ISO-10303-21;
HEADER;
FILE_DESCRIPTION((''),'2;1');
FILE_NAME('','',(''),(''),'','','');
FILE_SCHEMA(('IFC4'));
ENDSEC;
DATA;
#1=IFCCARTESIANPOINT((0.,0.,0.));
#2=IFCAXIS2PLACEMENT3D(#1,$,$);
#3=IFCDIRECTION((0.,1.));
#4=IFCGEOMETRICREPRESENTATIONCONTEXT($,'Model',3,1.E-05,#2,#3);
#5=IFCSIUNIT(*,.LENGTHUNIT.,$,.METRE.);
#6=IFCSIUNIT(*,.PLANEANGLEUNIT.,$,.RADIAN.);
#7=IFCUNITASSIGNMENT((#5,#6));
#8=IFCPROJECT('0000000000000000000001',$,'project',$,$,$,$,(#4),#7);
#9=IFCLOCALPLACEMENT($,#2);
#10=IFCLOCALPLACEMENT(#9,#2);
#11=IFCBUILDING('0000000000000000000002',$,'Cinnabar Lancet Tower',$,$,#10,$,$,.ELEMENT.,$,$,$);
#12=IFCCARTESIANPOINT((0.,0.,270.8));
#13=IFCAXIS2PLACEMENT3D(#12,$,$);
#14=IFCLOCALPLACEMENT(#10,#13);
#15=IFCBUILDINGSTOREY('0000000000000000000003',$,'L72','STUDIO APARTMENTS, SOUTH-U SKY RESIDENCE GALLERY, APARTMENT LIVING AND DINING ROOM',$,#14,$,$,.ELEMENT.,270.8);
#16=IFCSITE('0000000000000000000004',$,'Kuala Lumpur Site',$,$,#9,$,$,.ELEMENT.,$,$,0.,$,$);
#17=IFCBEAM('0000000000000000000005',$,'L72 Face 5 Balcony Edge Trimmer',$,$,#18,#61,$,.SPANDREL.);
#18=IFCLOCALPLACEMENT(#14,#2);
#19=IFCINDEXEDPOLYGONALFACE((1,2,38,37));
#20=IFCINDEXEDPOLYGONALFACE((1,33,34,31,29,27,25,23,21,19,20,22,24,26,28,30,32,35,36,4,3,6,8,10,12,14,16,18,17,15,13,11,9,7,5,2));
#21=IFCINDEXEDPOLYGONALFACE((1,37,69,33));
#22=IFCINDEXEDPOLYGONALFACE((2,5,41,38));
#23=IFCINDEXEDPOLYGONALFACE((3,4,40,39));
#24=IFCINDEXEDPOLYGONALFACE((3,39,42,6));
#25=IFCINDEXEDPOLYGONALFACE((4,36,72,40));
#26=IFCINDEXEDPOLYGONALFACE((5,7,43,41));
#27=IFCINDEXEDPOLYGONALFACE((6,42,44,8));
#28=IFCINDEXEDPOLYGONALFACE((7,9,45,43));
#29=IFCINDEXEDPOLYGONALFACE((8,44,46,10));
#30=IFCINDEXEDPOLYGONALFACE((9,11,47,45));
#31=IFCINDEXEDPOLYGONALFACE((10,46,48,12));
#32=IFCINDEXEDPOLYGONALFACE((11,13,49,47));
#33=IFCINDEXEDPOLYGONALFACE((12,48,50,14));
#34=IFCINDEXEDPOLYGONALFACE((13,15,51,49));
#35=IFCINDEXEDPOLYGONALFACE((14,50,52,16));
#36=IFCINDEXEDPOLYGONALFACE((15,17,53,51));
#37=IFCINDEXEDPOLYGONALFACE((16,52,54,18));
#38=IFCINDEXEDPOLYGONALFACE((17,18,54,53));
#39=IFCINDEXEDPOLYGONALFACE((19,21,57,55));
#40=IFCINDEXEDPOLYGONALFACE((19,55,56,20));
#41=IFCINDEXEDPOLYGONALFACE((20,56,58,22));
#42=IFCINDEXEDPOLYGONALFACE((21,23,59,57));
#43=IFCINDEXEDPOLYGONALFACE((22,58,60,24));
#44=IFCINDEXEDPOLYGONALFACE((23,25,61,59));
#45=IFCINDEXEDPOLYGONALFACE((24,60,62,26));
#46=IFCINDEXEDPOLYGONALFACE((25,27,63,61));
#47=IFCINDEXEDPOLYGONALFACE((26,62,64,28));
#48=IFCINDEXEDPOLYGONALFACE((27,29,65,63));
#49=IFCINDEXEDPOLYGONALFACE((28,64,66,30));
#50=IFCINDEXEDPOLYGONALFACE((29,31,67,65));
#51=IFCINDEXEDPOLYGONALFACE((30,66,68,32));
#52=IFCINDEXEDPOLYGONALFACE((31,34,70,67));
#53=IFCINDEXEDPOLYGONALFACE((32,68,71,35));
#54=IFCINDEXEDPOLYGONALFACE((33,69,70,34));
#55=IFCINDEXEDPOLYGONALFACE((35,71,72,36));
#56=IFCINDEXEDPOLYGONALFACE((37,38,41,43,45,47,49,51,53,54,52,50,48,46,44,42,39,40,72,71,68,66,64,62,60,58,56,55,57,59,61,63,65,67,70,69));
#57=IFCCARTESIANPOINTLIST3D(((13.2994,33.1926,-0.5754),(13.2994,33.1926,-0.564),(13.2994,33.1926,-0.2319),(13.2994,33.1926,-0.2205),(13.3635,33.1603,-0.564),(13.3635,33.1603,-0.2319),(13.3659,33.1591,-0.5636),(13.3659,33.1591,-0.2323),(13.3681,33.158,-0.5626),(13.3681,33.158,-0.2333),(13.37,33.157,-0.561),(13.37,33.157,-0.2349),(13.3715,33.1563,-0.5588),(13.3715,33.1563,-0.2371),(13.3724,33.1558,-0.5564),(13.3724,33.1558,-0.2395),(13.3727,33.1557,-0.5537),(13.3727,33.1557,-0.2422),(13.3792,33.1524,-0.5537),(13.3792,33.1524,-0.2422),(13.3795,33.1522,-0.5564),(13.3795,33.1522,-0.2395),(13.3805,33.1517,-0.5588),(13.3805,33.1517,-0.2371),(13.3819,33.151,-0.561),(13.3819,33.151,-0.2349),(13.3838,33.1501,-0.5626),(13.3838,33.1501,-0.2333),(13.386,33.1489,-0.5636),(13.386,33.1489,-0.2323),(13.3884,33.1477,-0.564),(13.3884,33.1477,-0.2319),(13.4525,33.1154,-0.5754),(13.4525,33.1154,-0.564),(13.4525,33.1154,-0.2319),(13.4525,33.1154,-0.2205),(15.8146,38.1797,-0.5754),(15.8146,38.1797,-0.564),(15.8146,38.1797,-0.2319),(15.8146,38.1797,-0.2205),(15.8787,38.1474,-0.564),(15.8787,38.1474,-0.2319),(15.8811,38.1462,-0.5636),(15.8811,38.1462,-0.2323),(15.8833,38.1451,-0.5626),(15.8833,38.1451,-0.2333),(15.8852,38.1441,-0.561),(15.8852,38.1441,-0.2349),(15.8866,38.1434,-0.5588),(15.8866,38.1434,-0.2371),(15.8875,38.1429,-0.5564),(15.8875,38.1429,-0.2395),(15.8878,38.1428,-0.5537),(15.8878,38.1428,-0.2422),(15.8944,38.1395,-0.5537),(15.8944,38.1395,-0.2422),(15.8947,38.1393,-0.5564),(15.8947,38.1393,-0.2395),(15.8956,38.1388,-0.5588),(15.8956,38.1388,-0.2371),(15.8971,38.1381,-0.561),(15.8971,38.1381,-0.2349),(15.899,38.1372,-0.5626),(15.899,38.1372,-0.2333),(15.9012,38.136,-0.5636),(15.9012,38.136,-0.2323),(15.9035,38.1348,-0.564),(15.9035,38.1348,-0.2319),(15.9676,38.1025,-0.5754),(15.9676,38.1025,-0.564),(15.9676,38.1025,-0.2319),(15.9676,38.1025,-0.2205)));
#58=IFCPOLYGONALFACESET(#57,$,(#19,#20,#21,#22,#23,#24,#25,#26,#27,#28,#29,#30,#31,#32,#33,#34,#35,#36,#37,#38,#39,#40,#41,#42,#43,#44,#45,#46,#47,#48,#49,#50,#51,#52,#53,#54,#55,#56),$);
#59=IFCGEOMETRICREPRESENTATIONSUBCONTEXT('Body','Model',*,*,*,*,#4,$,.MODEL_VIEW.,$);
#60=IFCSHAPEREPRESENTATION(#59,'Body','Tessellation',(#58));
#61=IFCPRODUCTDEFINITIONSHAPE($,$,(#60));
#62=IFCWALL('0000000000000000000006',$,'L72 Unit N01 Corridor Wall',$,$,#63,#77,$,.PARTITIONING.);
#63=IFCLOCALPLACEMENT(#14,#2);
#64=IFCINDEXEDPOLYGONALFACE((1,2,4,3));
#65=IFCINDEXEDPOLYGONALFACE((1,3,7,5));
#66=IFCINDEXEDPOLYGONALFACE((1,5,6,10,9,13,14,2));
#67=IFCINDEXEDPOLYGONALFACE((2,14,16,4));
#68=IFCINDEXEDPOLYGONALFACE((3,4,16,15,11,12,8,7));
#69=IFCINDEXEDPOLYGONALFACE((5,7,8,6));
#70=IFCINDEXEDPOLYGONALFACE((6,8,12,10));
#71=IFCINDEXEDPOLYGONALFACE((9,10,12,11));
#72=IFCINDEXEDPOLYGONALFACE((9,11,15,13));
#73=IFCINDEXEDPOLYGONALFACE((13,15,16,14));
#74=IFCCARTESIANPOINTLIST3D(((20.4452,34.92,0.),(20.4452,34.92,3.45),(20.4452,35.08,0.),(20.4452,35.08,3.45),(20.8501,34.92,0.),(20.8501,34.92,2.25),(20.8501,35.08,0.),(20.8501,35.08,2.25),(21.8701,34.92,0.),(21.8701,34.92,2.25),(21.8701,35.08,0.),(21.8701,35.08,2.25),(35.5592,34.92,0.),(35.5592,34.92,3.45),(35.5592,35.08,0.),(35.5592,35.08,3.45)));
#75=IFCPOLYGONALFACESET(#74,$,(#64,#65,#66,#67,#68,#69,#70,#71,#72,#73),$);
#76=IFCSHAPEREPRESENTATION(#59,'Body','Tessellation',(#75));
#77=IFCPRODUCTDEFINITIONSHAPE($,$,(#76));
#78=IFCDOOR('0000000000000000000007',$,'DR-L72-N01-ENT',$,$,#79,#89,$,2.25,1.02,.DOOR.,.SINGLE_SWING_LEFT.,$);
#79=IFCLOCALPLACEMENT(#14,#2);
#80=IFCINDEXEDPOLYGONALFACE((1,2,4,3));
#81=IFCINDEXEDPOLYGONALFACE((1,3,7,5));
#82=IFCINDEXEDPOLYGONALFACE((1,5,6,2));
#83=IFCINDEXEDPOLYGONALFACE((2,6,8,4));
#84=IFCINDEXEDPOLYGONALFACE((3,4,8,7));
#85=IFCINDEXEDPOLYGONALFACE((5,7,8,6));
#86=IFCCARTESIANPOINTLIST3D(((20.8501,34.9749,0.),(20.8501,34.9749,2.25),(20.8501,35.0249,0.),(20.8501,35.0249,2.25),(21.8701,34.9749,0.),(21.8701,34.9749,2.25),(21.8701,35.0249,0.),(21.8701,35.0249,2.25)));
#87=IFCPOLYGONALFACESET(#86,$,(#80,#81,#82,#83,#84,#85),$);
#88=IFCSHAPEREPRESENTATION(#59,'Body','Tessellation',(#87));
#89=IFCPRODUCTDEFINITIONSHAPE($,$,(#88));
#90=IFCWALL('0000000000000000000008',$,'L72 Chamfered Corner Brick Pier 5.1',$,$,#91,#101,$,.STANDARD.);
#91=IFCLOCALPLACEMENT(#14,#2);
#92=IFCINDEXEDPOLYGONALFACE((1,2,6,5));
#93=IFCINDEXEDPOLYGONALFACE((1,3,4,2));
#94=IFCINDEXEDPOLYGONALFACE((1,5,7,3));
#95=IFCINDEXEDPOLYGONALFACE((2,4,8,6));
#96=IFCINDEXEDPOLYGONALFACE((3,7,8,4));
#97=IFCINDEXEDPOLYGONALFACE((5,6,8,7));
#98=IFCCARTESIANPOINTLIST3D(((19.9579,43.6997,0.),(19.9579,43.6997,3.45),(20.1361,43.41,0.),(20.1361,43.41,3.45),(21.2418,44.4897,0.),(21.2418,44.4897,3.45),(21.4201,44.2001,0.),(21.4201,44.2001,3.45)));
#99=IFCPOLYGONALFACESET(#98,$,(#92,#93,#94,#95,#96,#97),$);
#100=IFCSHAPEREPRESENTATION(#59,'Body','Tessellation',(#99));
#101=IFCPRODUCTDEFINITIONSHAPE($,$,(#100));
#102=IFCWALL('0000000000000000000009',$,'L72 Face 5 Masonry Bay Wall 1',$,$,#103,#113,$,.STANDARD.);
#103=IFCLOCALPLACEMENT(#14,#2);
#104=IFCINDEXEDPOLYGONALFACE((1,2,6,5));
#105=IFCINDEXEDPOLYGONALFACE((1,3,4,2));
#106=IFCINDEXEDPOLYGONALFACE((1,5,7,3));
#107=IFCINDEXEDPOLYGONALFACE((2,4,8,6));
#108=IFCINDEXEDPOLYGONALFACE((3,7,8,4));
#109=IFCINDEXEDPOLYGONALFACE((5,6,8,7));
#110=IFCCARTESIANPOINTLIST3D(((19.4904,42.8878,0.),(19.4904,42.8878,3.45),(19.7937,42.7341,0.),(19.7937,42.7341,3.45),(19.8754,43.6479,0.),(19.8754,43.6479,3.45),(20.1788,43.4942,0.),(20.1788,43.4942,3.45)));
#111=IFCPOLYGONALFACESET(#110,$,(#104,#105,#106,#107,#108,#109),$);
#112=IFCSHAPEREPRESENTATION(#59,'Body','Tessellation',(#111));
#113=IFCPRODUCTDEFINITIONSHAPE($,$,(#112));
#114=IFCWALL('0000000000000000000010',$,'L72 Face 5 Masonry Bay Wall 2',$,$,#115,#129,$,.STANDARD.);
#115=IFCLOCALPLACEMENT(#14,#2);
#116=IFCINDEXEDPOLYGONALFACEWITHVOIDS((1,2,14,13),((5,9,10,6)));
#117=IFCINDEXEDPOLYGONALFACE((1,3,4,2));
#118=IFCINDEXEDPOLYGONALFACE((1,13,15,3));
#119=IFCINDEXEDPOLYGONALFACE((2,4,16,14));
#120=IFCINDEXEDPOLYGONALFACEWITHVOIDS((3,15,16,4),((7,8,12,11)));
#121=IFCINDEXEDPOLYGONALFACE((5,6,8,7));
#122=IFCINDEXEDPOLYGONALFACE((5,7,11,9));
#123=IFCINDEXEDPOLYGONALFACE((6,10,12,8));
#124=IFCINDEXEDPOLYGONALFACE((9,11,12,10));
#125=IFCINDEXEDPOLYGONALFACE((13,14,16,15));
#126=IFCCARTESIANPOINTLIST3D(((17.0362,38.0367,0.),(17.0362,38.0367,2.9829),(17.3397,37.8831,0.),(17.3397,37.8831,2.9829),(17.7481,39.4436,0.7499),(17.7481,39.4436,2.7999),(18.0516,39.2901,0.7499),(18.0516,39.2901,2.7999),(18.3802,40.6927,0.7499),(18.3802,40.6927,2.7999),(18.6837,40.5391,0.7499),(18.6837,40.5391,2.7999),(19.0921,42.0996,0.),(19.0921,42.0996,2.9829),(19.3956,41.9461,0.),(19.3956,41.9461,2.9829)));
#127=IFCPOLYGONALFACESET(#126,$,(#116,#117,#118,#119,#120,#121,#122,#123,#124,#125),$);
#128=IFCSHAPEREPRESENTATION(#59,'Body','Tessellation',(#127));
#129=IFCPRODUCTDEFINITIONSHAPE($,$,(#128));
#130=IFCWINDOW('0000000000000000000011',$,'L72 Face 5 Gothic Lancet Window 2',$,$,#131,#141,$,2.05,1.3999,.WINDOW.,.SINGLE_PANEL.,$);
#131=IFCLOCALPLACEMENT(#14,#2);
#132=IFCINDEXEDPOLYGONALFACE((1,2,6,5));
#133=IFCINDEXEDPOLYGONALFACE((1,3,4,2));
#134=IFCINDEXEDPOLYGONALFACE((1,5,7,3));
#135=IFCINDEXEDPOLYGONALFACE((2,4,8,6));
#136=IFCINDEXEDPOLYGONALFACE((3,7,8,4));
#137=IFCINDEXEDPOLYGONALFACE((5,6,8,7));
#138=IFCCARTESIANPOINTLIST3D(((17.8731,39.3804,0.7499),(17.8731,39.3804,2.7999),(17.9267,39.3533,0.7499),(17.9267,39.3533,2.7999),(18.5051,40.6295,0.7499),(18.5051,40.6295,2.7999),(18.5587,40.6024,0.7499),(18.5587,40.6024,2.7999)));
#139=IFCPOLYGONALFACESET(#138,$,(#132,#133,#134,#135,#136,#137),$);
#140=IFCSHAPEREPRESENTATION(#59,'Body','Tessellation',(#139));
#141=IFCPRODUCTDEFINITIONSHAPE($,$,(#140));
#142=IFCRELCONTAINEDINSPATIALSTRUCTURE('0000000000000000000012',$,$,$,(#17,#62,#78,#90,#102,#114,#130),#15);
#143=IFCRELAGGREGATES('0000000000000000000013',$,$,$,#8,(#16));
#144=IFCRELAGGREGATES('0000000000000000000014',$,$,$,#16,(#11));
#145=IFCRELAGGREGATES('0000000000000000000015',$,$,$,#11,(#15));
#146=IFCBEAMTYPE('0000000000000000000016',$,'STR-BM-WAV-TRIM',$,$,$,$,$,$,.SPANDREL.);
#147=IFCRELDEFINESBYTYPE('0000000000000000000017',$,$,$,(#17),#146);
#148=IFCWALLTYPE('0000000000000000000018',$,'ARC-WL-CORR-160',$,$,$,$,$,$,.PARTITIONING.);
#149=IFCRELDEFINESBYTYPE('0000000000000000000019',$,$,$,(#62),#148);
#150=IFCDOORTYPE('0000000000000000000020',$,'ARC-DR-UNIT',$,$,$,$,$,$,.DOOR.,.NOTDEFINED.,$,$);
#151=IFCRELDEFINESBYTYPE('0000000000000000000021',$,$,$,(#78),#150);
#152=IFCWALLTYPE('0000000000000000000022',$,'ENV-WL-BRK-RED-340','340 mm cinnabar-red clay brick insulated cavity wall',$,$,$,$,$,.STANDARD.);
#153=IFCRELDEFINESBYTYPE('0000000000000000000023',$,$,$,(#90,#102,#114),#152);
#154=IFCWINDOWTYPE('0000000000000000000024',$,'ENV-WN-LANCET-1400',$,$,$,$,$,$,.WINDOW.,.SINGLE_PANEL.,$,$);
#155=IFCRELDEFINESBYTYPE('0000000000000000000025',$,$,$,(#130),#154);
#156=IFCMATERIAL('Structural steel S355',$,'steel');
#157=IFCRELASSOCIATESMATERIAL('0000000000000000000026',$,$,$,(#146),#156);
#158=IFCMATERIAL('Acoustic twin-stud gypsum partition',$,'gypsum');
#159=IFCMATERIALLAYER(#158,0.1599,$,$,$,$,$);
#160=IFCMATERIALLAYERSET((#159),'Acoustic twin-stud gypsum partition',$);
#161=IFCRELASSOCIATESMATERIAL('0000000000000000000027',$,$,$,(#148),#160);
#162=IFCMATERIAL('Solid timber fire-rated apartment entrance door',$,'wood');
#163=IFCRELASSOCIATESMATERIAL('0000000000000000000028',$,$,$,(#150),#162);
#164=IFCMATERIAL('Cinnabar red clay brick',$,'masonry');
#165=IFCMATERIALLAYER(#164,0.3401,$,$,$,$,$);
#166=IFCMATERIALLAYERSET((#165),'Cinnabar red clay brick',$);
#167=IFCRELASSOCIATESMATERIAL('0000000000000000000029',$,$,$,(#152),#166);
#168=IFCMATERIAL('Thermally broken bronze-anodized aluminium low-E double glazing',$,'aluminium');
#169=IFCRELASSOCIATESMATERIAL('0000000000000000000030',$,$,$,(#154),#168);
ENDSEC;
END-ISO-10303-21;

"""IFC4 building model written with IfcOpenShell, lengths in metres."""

from ifc_helpers import new_model, si_unit, direction, frame, frame_2d, origin, origin_2d, place, context, subcontext, project, spatial, rectangle, i_section, extrude, material, layer, layer_set, material_profile, profile_set, type_object, element, fill, save


model = new_model("IFC4")

# Units and contexts
model_context = context("Model", 3, precision=1e-05, world=origin(), true_north=direction((0.0, 1.0)))
body_context = subcontext(model_context, "Body", "Model", "MODEL_VIEW")
ifc_project = project(units=[si_unit("LENGTHUNIT", "METRE"), si_unit("PLANEANGLEUNIT", "RADIAN")], contexts=[model_context])

# Site, building, storey
site_placement = place(None, origin())
site = spatial("IfcSite", under=ifc_project, at=site_placement, Name="Kuala Lumpur Site", CompositionType="ELEMENT", RefElevation=0.0)
building_placement = place(site_placement, origin())
building = spatial("IfcBuilding", under=site, at=building_placement, Name="Cinnabar Lancet Tower", CompositionType="ELEMENT")
storey_placement = place(building_placement, frame((0.0, 0.0, 270.8)))
storey = spatial("IfcBuildingStorey", under=building, at=storey_placement, Name="L72", Description="STUDIO APARTMENTS, SOUTH-U SKY RESIDENCE GALLERY, APARTMENT LIVING AND DINING ROOM", CompositionType="ELEMENT", Elevation=270.8)

# Beam
ifc_material_1 = material(Name="Structural steel S355", Category="steel")
ifc_material_profile_1 = material_profile(ifc_material_1, i_section(OverallWidth=0.1714, OverallDepth=0.355, WebThickness=0.0073, FlangeThickness=0.0115, FilletRadius=0.0103, at=origin_2d()), Name="UKB 356x171x51")
ifc_profile_set_1 = profile_set([ifc_material_profile_1], Name="Structural steel S355")
beam_type_1 = type_object("IfcBeamType", Name="STR-BM-WAV-TRIM", PredefinedType="SPANDREL", material=ifc_profile_set_1)
beam_1_placement = place(storey_placement, frame((15.8911, 38.1411, -0.3979), z_axis=(-0.450306, -0.892874, 0.0), x_axis=(0.892874, -0.450306, 0.0)))
element("IfcBeam", 1, at=beam_1_placement, inside=storey, type_object=beam_type_1, Name="L72 Face 5 Balcony Edge Trimmer", PredefinedType="SPANDREL", context=body_context, shape_type="SweptSolid", body=[
    extrude(i_section(OverallWidth=0.1714, OverallDepth=0.355, WebThickness=0.0073, FlangeThickness=0.0115, FilletRadius=0.0103, at=origin_2d()), origin(), (0.0, 0.0, 1.0), 5.5854),
])

# Wall, opening, door
ifc_material_2 = material(Name="Acoustic twin-stud gypsum partition", Category="gypsum")
ifc_layer_1 = layer(ifc_material_2, 0.1599)
ifc_layer_set_1 = layer_set([ifc_layer_1], Name="Acoustic twin-stud gypsum partition")
wall_type_1 = type_object("IfcWallType", Name="ARC-WL-CORR-160", PredefinedType="PARTITIONING", material=ifc_layer_set_1)
wall_1_placement = place(storey_placement, frame((20.4451, 35.0, 0.0), z_axis=(0.0, 0.0, 1.0), x_axis=(1.0, 0.0, 0.0)))
wall_1 = element("IfcWall", 2, at=wall_1_placement, inside=storey, type_object=wall_type_1, Name="L72 Unit N01 Corridor Wall", PredefinedType="PARTITIONING", context=body_context, shape_type="SweptSolid", body=[
    extrude(rectangle(XDim=15.114, YDim=0.1599, at=frame_2d((7.5571, 0.0))), origin(), (0.0, 0.0, 1.0), 3.45),
])
opening_1_placement = place(wall_1_placement, frame((0.405, 0.0, 0.0)))
opening_1 = element("IfcOpeningElement", 3, at=opening_1_placement, cuts=wall_1, PredefinedType="OPENING", context=body_context, shape_type="SweptSolid", body=[
    extrude(rectangle(XDim=1.02, YDim=2.25, at=frame_2d((0.51, 1.125))), frame((0.0, 0.0898, 0.0), z_axis=(0.0, -1.0, 0.0), x_axis=(1.0, 0.0, 0.0)), (0.0, 0.0, 1.0), 0.1799),
])
ifc_material_3 = material(Name="Solid timber fire-rated apartment entrance door", Category="wood")
door_type_1 = type_object("IfcDoorType", Name="ARC-DR-UNIT", OperationType="NOTDEFINED", PredefinedType="DOOR", material=ifc_material_3)
door_1_placement = place(opening_1_placement, origin())
door_1 = element("IfcDoor", 4, at=door_1_placement, inside=storey, type_object=door_type_1, Name="DR-L72-N01-ENT", OperationType="SINGLE_SWING_LEFT", OverallHeight=2.25, OverallWidth=1.02, PredefinedType="DOOR", context=body_context, shape_type="SweptSolid", body=[
    extrude(rectangle(XDim=1.02, YDim=2.25, at=frame_2d((0.51, 1.125))), frame((0.0, 0.0249, 0.0), z_axis=(0.0, -1.0, 0.0), x_axis=(1.0, 0.0, 0.0)), (0.0, 0.0, 1.0), 0.05),
])
fill(opening_1, door_1)

# Walls
ifc_material_4 = material(Name="Cinnabar red clay brick", Category="masonry")
ifc_layer_2 = layer(ifc_material_4, 0.3401)
ifc_layer_set_2 = layer_set([ifc_layer_2], Name="Cinnabar red clay brick")
wall_type_2 = type_object("IfcWallType", Name="ENV-WL-BRK-RED-340", Description="340 mm cinnabar-red clay brick insulated cavity wall", PredefinedType="STANDARD", material=ifc_layer_set_2)
wall_2_placement = place(storey_placement, frame((21.3311, 44.345, 0.0), z_axis=(0.0, 0.0, 1.0), x_axis=(-0.851681, -0.524061, 0.0)))
element("IfcWall", 5, at=wall_2_placement, inside=storey, type_object=wall_type_2, Name="L72 Chamfered Corner Brick Pier 5.1", PredefinedType="STANDARD", context=body_context, shape_type="SweptSolid", body=[
    extrude(rectangle(XDim=1.5076, YDim=0.3401, at=frame_2d((0.7539, 0.0))), origin(), (0.0, 0.0, 1.0), 3.45),
])
wall_3_placement = place(storey_placement, frame((20.0271, 43.571, 0.0), z_axis=(0.0, 0.0, 1.0), x_axis=(-0.451907, -0.892065, 0.0)))
element("IfcWall", 6, at=wall_3_placement, inside=storey, type_object=wall_type_2, Name="L72 Face 5 Masonry Bay Wall 1", PredefinedType="STANDARD", context=body_context, shape_type="SweptSolid", body=[
    extrude(rectangle(XDim=0.8521, YDim=0.3401, at=frame_2d((0.426, 0.0))), origin(), (0.0, 0.0, 1.0), 3.45),
])

# Wall, opening, window
wall_4_placement = place(storey_placement, frame((19.2439, 42.0229, 0.0), z_axis=(0.0, 0.0, 1.0), x_axis=(-0.451498, -0.892272, 0.0)))
wall_4 = element("IfcWall", 7, at=wall_4_placement, inside=storey, type_object=wall_type_2, Name="L72 Face 5 Masonry Bay Wall 2", PredefinedType="STANDARD", context=body_context, shape_type="SweptSolid", body=[
    extrude(rectangle(XDim=4.5535, YDim=0.3401, at=frame_2d((2.2769, 0.0))), origin(), (0.0, 0.0, 1.0), 2.9829),
])
opening_2_placement = place(wall_4_placement, frame((1.5769, 0.0, 0.75)))
opening_2 = element("IfcOpeningElement", 8, at=opening_2_placement, cuts=wall_4, PredefinedType="OPENING", context=body_context, shape_type="SweptSolid", body=[
    extrude(rectangle(XDim=1.3999, YDim=2.05, at=frame_2d((0.7, 1.0249))), frame((0.0, 0.1799, 0.0), z_axis=(0.0, -1.0, 0.0), x_axis=(1.0, 0.0, 0.0)), (0.0, 0.0, 1.0), 0.3601),
])
ifc_material_5 = material(Name="Thermally broken bronze-anodized aluminium low-E double glazing", Category="aluminium")
window_type_1 = type_object("IfcWindowType", Name="ENV-WN-LANCET-1400", PartitioningType="SINGLE_PANEL", PredefinedType="WINDOW", material=ifc_material_5)
window_1_placement = place(opening_2_placement, origin())
window_1 = element("IfcWindow", 9, at=window_1_placement, inside=storey, type_object=window_type_1, Name="L72 Face 5 Gothic Lancet Window 2", OverallHeight=2.05, OverallWidth=1.3999, PartitioningType="SINGLE_PANEL", PredefinedType="WINDOW", context=body_context, shape_type="SweptSolid", body=[
    extrude(rectangle(XDim=1.3999, YDim=2.05, at=frame_2d((0.7, 1.0249))), frame((0.0, 0.03, 0.0), z_axis=(0.0, -1.0, 0.0), x_axis=(1.0, 0.0, 0.0)), (0.0, 0.0, 1.0), 0.0601),
])
fill(opening_2, window_1)

save(model, "model.ifc")
